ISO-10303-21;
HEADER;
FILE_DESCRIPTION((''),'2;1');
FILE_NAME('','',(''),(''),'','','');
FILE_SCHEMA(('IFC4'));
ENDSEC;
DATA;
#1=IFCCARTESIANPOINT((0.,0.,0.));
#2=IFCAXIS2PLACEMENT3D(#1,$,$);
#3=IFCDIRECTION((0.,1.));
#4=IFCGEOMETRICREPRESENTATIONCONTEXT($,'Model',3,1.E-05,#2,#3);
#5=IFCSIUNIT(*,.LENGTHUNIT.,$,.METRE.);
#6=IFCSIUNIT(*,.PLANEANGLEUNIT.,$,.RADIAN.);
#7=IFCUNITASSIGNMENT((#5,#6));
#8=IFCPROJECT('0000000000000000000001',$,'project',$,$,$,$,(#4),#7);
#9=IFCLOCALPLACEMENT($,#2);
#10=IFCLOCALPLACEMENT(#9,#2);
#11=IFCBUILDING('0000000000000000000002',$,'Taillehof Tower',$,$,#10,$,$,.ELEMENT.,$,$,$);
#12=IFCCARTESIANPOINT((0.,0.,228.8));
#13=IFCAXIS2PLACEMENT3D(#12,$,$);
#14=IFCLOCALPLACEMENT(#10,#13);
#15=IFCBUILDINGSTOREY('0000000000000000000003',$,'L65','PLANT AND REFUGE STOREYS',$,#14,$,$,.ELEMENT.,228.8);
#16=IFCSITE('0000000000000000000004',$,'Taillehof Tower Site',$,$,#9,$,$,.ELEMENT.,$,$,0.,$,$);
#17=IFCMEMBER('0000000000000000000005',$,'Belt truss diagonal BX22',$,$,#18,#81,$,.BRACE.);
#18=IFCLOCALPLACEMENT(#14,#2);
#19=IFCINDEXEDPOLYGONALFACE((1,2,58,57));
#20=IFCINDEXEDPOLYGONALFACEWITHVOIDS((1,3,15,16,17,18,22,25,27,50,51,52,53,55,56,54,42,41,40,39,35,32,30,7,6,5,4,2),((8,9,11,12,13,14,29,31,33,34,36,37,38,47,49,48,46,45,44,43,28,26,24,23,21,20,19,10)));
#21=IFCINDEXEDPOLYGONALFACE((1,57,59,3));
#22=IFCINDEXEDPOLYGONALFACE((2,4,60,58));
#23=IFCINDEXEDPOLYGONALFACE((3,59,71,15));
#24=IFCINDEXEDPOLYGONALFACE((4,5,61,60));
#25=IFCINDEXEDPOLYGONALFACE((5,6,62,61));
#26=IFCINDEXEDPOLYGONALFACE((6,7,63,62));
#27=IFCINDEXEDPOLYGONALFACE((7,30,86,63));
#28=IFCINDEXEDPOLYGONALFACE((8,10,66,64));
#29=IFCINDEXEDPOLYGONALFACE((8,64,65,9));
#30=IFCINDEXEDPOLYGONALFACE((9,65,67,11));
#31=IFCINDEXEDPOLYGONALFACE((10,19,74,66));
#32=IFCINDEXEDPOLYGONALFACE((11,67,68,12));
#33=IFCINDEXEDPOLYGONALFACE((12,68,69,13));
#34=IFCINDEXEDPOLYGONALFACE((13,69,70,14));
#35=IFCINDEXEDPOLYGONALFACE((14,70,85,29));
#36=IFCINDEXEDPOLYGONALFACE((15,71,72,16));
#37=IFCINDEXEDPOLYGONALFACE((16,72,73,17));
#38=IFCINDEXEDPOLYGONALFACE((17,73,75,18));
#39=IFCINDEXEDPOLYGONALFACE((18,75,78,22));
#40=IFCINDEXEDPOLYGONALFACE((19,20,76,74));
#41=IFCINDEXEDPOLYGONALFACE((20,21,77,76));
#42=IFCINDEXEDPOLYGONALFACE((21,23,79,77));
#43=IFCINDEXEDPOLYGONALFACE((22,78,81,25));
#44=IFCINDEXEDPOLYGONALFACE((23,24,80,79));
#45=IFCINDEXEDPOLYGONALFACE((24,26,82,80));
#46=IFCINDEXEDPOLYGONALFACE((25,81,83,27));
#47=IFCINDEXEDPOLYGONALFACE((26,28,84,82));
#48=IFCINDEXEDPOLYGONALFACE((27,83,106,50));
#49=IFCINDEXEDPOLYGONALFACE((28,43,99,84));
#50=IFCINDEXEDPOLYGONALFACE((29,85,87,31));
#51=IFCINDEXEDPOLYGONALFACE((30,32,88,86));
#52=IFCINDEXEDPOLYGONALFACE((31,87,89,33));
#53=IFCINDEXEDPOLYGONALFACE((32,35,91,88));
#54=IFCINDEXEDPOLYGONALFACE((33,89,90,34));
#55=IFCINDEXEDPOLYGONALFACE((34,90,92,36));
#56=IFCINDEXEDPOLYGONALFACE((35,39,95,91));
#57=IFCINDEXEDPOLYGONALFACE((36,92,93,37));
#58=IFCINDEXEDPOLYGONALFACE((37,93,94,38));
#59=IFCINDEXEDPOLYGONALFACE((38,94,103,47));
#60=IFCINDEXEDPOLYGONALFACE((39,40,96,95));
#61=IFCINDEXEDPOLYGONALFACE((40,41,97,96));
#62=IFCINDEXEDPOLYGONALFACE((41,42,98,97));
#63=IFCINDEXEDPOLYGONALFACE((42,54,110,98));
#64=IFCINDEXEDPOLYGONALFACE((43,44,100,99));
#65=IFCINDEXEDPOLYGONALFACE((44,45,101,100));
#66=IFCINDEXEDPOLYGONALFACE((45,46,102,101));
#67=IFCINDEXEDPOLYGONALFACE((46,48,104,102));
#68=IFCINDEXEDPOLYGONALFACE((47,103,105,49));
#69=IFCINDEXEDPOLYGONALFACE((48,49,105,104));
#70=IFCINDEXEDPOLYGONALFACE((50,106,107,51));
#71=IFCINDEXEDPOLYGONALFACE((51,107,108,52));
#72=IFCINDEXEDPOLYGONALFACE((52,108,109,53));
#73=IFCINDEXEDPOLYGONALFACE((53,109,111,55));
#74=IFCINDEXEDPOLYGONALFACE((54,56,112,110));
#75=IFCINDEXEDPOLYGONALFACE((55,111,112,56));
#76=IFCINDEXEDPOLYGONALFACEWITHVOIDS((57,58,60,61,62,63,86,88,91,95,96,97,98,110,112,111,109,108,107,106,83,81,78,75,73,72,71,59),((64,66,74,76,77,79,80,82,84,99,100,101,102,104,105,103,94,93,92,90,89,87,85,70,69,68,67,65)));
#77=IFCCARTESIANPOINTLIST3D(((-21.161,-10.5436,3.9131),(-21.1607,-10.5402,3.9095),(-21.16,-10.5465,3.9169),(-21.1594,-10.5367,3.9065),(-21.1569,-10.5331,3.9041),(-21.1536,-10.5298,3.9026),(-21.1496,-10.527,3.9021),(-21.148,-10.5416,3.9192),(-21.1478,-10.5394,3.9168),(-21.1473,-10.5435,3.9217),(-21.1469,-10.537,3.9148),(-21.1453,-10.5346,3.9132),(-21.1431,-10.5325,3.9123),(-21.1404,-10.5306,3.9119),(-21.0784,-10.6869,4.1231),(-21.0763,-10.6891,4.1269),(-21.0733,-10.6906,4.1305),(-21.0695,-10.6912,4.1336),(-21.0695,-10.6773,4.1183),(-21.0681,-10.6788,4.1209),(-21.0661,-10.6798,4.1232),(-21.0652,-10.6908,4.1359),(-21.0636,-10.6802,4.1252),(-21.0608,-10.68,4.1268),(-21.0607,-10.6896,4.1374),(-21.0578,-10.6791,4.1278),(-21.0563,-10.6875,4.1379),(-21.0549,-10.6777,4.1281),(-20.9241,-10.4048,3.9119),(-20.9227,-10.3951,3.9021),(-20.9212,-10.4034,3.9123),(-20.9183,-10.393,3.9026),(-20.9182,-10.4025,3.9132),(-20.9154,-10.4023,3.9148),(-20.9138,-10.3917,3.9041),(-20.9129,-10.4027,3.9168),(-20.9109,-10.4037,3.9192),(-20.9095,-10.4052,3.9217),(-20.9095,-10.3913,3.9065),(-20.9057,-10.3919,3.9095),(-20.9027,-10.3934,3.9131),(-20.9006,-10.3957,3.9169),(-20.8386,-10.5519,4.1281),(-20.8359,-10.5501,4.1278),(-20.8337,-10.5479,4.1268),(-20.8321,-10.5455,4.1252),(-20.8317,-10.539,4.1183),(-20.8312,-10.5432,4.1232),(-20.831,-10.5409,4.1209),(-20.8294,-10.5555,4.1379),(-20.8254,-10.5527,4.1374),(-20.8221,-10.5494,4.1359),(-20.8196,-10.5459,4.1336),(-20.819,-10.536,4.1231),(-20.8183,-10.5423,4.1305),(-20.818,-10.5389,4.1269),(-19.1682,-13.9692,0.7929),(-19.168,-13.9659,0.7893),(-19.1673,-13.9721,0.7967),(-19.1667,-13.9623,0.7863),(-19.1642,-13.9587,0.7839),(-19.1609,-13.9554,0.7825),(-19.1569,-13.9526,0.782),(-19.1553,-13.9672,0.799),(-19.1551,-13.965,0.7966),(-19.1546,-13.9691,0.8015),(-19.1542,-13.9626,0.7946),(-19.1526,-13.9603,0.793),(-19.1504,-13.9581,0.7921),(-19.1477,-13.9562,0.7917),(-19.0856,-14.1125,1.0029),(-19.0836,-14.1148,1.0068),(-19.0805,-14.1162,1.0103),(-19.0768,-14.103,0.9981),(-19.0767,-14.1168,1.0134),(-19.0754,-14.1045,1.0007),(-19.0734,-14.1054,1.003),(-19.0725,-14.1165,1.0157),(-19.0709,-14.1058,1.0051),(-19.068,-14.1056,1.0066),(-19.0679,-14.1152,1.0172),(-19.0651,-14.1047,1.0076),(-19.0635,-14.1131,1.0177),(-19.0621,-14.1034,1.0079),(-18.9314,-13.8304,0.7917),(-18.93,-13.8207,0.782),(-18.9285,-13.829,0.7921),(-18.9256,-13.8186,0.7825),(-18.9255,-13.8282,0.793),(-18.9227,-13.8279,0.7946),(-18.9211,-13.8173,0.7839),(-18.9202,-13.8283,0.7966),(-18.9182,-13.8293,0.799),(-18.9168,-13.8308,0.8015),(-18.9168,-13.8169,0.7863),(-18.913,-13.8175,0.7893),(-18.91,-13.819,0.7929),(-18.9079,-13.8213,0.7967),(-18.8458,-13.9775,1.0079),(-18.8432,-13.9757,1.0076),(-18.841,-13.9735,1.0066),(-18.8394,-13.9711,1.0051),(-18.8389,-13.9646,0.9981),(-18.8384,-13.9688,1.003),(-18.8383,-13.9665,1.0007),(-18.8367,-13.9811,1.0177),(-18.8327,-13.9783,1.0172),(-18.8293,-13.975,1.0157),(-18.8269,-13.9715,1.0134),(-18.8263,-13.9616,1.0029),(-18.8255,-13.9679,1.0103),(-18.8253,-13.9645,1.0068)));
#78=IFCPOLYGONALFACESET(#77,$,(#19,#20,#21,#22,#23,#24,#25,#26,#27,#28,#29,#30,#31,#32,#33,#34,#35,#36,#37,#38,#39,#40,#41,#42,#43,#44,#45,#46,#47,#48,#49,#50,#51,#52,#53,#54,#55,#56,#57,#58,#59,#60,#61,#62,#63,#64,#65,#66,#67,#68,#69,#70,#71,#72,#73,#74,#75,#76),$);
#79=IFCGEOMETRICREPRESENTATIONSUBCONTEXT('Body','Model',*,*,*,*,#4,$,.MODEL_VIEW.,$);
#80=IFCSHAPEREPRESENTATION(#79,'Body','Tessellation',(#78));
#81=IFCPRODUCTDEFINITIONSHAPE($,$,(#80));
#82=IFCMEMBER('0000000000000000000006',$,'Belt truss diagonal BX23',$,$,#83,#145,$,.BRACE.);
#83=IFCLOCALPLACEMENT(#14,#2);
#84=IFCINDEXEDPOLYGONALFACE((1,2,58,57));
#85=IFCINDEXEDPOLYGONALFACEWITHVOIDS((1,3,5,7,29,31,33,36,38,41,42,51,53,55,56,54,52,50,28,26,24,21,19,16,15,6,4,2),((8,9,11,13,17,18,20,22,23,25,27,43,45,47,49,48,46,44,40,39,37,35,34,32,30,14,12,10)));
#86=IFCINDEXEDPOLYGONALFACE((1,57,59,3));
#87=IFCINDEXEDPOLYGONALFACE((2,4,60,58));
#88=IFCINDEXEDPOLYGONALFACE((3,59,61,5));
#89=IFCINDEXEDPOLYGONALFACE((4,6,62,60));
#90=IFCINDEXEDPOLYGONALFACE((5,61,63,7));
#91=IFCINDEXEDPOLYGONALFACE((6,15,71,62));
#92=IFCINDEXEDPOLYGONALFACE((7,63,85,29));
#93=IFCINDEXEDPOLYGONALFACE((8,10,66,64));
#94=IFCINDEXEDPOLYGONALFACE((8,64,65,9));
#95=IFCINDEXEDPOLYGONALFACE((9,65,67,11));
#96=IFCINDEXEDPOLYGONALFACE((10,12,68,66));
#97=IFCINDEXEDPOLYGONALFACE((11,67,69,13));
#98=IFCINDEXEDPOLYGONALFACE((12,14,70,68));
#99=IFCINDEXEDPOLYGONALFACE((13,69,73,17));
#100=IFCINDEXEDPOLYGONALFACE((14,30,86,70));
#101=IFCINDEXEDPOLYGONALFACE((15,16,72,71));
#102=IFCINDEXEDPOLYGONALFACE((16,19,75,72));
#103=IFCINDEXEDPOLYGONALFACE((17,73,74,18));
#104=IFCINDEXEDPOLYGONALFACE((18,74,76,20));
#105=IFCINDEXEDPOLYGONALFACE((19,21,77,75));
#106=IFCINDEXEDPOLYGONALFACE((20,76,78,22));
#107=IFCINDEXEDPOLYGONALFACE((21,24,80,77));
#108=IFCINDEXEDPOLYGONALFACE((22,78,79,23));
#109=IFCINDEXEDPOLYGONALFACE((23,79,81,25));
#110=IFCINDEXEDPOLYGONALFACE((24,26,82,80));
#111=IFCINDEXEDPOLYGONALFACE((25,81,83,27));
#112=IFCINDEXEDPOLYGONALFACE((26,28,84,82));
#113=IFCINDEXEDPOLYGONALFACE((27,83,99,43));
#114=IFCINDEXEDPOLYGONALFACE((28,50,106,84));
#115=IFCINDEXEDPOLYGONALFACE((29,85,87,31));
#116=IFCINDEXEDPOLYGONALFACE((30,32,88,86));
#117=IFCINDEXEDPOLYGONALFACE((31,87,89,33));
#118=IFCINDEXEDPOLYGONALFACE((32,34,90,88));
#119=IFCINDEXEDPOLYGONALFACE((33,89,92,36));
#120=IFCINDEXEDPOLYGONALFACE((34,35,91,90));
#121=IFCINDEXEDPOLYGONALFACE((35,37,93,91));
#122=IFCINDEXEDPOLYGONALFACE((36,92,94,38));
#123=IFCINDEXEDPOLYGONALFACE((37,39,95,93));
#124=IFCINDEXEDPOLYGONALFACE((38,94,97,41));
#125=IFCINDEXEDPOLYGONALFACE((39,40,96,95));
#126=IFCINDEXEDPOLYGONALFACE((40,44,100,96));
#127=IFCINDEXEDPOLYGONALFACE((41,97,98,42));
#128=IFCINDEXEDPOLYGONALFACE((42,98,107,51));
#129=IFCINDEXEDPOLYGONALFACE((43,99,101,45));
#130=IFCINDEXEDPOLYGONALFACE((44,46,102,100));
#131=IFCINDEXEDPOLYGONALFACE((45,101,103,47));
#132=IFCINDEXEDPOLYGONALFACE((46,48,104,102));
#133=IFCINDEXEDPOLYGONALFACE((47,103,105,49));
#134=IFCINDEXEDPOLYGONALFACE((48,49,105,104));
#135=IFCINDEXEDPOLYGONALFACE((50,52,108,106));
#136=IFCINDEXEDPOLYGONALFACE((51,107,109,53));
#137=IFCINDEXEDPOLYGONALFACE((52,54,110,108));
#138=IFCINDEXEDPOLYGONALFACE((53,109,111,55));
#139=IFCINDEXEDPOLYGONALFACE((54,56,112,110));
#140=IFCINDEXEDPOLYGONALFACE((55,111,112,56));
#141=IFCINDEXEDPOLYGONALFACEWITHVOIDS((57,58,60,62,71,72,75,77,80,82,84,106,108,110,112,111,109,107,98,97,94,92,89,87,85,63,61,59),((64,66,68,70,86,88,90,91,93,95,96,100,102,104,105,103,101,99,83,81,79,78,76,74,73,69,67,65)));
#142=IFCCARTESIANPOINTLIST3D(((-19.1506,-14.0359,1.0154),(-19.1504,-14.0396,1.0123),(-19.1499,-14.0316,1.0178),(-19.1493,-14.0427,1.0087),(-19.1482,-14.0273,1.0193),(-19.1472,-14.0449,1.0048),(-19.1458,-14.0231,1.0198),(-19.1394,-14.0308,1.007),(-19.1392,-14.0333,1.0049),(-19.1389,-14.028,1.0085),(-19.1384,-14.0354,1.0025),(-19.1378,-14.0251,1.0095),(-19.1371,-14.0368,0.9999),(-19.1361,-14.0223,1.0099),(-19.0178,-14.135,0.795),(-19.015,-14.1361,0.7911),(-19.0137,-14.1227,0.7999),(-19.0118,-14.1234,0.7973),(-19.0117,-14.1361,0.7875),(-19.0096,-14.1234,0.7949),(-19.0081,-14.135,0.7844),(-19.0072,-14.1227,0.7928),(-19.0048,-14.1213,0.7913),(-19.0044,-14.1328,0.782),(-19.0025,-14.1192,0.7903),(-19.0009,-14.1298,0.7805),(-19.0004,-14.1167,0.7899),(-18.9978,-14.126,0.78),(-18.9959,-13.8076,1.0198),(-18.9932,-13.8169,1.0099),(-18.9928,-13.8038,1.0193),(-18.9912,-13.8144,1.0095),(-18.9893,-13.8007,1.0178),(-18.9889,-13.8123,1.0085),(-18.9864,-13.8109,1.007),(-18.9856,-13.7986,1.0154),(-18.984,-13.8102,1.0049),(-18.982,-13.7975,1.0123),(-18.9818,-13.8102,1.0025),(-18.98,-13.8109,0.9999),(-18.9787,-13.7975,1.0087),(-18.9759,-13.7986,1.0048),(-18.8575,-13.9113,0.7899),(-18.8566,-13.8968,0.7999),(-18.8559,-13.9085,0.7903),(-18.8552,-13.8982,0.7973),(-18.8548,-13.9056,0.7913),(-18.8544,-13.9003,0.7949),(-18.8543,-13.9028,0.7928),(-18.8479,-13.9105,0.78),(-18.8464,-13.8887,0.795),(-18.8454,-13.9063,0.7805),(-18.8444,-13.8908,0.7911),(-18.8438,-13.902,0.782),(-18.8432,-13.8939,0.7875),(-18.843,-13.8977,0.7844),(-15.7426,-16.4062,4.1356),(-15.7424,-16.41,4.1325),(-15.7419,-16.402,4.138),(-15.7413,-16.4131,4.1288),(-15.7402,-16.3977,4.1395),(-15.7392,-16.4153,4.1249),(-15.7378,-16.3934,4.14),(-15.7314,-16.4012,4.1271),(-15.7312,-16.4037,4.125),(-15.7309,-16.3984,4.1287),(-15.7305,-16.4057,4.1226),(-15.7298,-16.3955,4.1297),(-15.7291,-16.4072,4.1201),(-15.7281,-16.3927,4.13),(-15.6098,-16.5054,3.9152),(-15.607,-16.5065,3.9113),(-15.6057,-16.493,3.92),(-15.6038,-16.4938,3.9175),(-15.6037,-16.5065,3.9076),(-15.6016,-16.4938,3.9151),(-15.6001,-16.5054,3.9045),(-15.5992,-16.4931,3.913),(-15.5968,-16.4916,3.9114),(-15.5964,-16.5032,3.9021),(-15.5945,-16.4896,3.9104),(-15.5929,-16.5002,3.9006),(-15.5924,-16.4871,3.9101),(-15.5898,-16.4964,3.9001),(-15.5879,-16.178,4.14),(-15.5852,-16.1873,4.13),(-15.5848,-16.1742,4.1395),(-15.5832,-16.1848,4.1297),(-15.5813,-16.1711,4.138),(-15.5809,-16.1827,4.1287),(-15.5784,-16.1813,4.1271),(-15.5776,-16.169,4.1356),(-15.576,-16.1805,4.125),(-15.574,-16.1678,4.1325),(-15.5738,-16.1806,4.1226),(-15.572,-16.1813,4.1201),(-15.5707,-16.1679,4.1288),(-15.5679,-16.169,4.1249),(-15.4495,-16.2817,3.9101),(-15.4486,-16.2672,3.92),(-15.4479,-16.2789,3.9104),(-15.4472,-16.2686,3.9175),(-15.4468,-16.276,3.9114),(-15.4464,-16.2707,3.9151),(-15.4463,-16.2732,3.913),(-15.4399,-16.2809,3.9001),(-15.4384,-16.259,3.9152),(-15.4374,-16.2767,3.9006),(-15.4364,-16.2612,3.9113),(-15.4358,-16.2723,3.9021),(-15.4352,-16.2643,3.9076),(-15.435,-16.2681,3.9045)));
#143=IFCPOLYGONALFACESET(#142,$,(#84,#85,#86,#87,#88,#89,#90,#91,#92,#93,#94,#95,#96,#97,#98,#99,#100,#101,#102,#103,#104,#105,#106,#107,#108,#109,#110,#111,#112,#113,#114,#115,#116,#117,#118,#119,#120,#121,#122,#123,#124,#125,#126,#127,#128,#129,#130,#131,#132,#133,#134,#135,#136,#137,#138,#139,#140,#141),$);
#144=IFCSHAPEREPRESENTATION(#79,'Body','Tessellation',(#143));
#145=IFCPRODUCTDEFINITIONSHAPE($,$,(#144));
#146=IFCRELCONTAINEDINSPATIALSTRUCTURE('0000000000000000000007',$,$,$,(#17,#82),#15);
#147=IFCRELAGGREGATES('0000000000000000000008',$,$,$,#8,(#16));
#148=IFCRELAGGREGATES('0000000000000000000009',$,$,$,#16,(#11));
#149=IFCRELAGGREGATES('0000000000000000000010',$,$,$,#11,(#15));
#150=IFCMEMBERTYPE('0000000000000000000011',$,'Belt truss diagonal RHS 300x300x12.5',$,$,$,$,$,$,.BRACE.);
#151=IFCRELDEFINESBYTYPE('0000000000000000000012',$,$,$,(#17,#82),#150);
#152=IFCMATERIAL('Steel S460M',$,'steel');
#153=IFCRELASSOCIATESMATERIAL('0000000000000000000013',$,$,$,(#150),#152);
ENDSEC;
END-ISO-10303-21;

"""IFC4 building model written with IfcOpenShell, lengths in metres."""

from ifc_helpers import new_model, si_unit, direction, frame, origin, origin_2d, place, context, subcontext, project, spatial, hollow_rectangle, extrude, material, material_profile, profile_set, type_object, element, save


model = new_model("IFC4")

# Units and contexts
model_context = context("Model", 3, precision=1e-05, world=origin(), true_north=direction((0.0, 1.0)))
body_context = subcontext(model_context, "Body", "Model", "MODEL_VIEW")
ifc_project = project(units=[si_unit("LENGTHUNIT", "METRE"), si_unit("PLANEANGLEUNIT", "RADIAN")], contexts=[model_context])

# Site, building, storey
site_placement = place(None, origin())
site = spatial("IfcSite", under=ifc_project, at=site_placement, Name="Taillehof Tower Site", CompositionType="ELEMENT", RefElevation=0.0)
building_placement = place(site_placement, origin())
building = spatial("IfcBuilding", under=site, at=building_placement, Name="Taillehof Tower", CompositionType="ELEMENT")
storey_placement = place(building_placement, frame((0.0, 0.0, 228.8)))
storey = spatial("IfcBuildingStorey", under=building, at=storey_placement, Name="L65", Description="PLANT AND REFUGE STOREYS", CompositionType="ELEMENT", Elevation=228.8)

# Members
ifc_material_1 = material(Name="Steel S460M", Category="steel")
ifc_material_profile_1 = material_profile(ifc_material_1, hollow_rectangle(XDim=0.3, YDim=0.3, WallThickness=0.0125, InnerFilletRadius=0.0125, OuterFilletRadius=0.0188, at=origin_2d()), Name="RHS 300x300x12.5")
ifc_profile_set_1 = profile_set([ifc_material_profile_1], Name="Steel S460M")
member_type_1 = type_object("IfcMemberType", Name="Belt truss diagonal RHS 300x300x12.5", PredefinedType="BRACE", material=ifc_profile_set_1)
member_1_placement = place(storey_placement, frame((-20.9895, -10.5413, 4.02), z_axis=(0.395072, -0.679154, -0.618601), x_axis=(0.864388, 0.502825, 0.0)))
element("IfcMember", 1, at=member_1_placement, inside=storey, type_object=member_type_1, Name="Belt truss diagonal BX22", PredefinedType="BRACE", context=body_context, shape_type="SweptSolid", body=[
    extrude(hollow_rectangle(XDim=0.3, YDim=0.3, WallThickness=0.0125, InnerFilletRadius=0.0125, OuterFilletRadius=0.0188, at=origin_2d()), origin(), (0.0, 0.0, 1.0), 5.0439),
])
member_2_placement = place(storey_placement, frame((-18.9968, -13.9668, 0.8999), z_axis=(0.656252, -0.456447, 0.600824), x_axis=(0.571001, 0.82095, 0.0)))
element("IfcMember", 2, at=member_2_placement, inside=storey, type_object=member_type_1, Name="Belt truss diagonal BX23", PredefinedType="BRACE", context=body_context, shape_type="SweptSolid", body=[
    extrude(hollow_rectangle(XDim=0.3, YDim=0.3, WallThickness=0.0125, InnerFilletRadius=0.0125, OuterFilletRadius=0.0188, at=origin_2d()), origin(), (0.0, 0.0, 1.0), 5.1931),
])

save(model, "model.ifc")
